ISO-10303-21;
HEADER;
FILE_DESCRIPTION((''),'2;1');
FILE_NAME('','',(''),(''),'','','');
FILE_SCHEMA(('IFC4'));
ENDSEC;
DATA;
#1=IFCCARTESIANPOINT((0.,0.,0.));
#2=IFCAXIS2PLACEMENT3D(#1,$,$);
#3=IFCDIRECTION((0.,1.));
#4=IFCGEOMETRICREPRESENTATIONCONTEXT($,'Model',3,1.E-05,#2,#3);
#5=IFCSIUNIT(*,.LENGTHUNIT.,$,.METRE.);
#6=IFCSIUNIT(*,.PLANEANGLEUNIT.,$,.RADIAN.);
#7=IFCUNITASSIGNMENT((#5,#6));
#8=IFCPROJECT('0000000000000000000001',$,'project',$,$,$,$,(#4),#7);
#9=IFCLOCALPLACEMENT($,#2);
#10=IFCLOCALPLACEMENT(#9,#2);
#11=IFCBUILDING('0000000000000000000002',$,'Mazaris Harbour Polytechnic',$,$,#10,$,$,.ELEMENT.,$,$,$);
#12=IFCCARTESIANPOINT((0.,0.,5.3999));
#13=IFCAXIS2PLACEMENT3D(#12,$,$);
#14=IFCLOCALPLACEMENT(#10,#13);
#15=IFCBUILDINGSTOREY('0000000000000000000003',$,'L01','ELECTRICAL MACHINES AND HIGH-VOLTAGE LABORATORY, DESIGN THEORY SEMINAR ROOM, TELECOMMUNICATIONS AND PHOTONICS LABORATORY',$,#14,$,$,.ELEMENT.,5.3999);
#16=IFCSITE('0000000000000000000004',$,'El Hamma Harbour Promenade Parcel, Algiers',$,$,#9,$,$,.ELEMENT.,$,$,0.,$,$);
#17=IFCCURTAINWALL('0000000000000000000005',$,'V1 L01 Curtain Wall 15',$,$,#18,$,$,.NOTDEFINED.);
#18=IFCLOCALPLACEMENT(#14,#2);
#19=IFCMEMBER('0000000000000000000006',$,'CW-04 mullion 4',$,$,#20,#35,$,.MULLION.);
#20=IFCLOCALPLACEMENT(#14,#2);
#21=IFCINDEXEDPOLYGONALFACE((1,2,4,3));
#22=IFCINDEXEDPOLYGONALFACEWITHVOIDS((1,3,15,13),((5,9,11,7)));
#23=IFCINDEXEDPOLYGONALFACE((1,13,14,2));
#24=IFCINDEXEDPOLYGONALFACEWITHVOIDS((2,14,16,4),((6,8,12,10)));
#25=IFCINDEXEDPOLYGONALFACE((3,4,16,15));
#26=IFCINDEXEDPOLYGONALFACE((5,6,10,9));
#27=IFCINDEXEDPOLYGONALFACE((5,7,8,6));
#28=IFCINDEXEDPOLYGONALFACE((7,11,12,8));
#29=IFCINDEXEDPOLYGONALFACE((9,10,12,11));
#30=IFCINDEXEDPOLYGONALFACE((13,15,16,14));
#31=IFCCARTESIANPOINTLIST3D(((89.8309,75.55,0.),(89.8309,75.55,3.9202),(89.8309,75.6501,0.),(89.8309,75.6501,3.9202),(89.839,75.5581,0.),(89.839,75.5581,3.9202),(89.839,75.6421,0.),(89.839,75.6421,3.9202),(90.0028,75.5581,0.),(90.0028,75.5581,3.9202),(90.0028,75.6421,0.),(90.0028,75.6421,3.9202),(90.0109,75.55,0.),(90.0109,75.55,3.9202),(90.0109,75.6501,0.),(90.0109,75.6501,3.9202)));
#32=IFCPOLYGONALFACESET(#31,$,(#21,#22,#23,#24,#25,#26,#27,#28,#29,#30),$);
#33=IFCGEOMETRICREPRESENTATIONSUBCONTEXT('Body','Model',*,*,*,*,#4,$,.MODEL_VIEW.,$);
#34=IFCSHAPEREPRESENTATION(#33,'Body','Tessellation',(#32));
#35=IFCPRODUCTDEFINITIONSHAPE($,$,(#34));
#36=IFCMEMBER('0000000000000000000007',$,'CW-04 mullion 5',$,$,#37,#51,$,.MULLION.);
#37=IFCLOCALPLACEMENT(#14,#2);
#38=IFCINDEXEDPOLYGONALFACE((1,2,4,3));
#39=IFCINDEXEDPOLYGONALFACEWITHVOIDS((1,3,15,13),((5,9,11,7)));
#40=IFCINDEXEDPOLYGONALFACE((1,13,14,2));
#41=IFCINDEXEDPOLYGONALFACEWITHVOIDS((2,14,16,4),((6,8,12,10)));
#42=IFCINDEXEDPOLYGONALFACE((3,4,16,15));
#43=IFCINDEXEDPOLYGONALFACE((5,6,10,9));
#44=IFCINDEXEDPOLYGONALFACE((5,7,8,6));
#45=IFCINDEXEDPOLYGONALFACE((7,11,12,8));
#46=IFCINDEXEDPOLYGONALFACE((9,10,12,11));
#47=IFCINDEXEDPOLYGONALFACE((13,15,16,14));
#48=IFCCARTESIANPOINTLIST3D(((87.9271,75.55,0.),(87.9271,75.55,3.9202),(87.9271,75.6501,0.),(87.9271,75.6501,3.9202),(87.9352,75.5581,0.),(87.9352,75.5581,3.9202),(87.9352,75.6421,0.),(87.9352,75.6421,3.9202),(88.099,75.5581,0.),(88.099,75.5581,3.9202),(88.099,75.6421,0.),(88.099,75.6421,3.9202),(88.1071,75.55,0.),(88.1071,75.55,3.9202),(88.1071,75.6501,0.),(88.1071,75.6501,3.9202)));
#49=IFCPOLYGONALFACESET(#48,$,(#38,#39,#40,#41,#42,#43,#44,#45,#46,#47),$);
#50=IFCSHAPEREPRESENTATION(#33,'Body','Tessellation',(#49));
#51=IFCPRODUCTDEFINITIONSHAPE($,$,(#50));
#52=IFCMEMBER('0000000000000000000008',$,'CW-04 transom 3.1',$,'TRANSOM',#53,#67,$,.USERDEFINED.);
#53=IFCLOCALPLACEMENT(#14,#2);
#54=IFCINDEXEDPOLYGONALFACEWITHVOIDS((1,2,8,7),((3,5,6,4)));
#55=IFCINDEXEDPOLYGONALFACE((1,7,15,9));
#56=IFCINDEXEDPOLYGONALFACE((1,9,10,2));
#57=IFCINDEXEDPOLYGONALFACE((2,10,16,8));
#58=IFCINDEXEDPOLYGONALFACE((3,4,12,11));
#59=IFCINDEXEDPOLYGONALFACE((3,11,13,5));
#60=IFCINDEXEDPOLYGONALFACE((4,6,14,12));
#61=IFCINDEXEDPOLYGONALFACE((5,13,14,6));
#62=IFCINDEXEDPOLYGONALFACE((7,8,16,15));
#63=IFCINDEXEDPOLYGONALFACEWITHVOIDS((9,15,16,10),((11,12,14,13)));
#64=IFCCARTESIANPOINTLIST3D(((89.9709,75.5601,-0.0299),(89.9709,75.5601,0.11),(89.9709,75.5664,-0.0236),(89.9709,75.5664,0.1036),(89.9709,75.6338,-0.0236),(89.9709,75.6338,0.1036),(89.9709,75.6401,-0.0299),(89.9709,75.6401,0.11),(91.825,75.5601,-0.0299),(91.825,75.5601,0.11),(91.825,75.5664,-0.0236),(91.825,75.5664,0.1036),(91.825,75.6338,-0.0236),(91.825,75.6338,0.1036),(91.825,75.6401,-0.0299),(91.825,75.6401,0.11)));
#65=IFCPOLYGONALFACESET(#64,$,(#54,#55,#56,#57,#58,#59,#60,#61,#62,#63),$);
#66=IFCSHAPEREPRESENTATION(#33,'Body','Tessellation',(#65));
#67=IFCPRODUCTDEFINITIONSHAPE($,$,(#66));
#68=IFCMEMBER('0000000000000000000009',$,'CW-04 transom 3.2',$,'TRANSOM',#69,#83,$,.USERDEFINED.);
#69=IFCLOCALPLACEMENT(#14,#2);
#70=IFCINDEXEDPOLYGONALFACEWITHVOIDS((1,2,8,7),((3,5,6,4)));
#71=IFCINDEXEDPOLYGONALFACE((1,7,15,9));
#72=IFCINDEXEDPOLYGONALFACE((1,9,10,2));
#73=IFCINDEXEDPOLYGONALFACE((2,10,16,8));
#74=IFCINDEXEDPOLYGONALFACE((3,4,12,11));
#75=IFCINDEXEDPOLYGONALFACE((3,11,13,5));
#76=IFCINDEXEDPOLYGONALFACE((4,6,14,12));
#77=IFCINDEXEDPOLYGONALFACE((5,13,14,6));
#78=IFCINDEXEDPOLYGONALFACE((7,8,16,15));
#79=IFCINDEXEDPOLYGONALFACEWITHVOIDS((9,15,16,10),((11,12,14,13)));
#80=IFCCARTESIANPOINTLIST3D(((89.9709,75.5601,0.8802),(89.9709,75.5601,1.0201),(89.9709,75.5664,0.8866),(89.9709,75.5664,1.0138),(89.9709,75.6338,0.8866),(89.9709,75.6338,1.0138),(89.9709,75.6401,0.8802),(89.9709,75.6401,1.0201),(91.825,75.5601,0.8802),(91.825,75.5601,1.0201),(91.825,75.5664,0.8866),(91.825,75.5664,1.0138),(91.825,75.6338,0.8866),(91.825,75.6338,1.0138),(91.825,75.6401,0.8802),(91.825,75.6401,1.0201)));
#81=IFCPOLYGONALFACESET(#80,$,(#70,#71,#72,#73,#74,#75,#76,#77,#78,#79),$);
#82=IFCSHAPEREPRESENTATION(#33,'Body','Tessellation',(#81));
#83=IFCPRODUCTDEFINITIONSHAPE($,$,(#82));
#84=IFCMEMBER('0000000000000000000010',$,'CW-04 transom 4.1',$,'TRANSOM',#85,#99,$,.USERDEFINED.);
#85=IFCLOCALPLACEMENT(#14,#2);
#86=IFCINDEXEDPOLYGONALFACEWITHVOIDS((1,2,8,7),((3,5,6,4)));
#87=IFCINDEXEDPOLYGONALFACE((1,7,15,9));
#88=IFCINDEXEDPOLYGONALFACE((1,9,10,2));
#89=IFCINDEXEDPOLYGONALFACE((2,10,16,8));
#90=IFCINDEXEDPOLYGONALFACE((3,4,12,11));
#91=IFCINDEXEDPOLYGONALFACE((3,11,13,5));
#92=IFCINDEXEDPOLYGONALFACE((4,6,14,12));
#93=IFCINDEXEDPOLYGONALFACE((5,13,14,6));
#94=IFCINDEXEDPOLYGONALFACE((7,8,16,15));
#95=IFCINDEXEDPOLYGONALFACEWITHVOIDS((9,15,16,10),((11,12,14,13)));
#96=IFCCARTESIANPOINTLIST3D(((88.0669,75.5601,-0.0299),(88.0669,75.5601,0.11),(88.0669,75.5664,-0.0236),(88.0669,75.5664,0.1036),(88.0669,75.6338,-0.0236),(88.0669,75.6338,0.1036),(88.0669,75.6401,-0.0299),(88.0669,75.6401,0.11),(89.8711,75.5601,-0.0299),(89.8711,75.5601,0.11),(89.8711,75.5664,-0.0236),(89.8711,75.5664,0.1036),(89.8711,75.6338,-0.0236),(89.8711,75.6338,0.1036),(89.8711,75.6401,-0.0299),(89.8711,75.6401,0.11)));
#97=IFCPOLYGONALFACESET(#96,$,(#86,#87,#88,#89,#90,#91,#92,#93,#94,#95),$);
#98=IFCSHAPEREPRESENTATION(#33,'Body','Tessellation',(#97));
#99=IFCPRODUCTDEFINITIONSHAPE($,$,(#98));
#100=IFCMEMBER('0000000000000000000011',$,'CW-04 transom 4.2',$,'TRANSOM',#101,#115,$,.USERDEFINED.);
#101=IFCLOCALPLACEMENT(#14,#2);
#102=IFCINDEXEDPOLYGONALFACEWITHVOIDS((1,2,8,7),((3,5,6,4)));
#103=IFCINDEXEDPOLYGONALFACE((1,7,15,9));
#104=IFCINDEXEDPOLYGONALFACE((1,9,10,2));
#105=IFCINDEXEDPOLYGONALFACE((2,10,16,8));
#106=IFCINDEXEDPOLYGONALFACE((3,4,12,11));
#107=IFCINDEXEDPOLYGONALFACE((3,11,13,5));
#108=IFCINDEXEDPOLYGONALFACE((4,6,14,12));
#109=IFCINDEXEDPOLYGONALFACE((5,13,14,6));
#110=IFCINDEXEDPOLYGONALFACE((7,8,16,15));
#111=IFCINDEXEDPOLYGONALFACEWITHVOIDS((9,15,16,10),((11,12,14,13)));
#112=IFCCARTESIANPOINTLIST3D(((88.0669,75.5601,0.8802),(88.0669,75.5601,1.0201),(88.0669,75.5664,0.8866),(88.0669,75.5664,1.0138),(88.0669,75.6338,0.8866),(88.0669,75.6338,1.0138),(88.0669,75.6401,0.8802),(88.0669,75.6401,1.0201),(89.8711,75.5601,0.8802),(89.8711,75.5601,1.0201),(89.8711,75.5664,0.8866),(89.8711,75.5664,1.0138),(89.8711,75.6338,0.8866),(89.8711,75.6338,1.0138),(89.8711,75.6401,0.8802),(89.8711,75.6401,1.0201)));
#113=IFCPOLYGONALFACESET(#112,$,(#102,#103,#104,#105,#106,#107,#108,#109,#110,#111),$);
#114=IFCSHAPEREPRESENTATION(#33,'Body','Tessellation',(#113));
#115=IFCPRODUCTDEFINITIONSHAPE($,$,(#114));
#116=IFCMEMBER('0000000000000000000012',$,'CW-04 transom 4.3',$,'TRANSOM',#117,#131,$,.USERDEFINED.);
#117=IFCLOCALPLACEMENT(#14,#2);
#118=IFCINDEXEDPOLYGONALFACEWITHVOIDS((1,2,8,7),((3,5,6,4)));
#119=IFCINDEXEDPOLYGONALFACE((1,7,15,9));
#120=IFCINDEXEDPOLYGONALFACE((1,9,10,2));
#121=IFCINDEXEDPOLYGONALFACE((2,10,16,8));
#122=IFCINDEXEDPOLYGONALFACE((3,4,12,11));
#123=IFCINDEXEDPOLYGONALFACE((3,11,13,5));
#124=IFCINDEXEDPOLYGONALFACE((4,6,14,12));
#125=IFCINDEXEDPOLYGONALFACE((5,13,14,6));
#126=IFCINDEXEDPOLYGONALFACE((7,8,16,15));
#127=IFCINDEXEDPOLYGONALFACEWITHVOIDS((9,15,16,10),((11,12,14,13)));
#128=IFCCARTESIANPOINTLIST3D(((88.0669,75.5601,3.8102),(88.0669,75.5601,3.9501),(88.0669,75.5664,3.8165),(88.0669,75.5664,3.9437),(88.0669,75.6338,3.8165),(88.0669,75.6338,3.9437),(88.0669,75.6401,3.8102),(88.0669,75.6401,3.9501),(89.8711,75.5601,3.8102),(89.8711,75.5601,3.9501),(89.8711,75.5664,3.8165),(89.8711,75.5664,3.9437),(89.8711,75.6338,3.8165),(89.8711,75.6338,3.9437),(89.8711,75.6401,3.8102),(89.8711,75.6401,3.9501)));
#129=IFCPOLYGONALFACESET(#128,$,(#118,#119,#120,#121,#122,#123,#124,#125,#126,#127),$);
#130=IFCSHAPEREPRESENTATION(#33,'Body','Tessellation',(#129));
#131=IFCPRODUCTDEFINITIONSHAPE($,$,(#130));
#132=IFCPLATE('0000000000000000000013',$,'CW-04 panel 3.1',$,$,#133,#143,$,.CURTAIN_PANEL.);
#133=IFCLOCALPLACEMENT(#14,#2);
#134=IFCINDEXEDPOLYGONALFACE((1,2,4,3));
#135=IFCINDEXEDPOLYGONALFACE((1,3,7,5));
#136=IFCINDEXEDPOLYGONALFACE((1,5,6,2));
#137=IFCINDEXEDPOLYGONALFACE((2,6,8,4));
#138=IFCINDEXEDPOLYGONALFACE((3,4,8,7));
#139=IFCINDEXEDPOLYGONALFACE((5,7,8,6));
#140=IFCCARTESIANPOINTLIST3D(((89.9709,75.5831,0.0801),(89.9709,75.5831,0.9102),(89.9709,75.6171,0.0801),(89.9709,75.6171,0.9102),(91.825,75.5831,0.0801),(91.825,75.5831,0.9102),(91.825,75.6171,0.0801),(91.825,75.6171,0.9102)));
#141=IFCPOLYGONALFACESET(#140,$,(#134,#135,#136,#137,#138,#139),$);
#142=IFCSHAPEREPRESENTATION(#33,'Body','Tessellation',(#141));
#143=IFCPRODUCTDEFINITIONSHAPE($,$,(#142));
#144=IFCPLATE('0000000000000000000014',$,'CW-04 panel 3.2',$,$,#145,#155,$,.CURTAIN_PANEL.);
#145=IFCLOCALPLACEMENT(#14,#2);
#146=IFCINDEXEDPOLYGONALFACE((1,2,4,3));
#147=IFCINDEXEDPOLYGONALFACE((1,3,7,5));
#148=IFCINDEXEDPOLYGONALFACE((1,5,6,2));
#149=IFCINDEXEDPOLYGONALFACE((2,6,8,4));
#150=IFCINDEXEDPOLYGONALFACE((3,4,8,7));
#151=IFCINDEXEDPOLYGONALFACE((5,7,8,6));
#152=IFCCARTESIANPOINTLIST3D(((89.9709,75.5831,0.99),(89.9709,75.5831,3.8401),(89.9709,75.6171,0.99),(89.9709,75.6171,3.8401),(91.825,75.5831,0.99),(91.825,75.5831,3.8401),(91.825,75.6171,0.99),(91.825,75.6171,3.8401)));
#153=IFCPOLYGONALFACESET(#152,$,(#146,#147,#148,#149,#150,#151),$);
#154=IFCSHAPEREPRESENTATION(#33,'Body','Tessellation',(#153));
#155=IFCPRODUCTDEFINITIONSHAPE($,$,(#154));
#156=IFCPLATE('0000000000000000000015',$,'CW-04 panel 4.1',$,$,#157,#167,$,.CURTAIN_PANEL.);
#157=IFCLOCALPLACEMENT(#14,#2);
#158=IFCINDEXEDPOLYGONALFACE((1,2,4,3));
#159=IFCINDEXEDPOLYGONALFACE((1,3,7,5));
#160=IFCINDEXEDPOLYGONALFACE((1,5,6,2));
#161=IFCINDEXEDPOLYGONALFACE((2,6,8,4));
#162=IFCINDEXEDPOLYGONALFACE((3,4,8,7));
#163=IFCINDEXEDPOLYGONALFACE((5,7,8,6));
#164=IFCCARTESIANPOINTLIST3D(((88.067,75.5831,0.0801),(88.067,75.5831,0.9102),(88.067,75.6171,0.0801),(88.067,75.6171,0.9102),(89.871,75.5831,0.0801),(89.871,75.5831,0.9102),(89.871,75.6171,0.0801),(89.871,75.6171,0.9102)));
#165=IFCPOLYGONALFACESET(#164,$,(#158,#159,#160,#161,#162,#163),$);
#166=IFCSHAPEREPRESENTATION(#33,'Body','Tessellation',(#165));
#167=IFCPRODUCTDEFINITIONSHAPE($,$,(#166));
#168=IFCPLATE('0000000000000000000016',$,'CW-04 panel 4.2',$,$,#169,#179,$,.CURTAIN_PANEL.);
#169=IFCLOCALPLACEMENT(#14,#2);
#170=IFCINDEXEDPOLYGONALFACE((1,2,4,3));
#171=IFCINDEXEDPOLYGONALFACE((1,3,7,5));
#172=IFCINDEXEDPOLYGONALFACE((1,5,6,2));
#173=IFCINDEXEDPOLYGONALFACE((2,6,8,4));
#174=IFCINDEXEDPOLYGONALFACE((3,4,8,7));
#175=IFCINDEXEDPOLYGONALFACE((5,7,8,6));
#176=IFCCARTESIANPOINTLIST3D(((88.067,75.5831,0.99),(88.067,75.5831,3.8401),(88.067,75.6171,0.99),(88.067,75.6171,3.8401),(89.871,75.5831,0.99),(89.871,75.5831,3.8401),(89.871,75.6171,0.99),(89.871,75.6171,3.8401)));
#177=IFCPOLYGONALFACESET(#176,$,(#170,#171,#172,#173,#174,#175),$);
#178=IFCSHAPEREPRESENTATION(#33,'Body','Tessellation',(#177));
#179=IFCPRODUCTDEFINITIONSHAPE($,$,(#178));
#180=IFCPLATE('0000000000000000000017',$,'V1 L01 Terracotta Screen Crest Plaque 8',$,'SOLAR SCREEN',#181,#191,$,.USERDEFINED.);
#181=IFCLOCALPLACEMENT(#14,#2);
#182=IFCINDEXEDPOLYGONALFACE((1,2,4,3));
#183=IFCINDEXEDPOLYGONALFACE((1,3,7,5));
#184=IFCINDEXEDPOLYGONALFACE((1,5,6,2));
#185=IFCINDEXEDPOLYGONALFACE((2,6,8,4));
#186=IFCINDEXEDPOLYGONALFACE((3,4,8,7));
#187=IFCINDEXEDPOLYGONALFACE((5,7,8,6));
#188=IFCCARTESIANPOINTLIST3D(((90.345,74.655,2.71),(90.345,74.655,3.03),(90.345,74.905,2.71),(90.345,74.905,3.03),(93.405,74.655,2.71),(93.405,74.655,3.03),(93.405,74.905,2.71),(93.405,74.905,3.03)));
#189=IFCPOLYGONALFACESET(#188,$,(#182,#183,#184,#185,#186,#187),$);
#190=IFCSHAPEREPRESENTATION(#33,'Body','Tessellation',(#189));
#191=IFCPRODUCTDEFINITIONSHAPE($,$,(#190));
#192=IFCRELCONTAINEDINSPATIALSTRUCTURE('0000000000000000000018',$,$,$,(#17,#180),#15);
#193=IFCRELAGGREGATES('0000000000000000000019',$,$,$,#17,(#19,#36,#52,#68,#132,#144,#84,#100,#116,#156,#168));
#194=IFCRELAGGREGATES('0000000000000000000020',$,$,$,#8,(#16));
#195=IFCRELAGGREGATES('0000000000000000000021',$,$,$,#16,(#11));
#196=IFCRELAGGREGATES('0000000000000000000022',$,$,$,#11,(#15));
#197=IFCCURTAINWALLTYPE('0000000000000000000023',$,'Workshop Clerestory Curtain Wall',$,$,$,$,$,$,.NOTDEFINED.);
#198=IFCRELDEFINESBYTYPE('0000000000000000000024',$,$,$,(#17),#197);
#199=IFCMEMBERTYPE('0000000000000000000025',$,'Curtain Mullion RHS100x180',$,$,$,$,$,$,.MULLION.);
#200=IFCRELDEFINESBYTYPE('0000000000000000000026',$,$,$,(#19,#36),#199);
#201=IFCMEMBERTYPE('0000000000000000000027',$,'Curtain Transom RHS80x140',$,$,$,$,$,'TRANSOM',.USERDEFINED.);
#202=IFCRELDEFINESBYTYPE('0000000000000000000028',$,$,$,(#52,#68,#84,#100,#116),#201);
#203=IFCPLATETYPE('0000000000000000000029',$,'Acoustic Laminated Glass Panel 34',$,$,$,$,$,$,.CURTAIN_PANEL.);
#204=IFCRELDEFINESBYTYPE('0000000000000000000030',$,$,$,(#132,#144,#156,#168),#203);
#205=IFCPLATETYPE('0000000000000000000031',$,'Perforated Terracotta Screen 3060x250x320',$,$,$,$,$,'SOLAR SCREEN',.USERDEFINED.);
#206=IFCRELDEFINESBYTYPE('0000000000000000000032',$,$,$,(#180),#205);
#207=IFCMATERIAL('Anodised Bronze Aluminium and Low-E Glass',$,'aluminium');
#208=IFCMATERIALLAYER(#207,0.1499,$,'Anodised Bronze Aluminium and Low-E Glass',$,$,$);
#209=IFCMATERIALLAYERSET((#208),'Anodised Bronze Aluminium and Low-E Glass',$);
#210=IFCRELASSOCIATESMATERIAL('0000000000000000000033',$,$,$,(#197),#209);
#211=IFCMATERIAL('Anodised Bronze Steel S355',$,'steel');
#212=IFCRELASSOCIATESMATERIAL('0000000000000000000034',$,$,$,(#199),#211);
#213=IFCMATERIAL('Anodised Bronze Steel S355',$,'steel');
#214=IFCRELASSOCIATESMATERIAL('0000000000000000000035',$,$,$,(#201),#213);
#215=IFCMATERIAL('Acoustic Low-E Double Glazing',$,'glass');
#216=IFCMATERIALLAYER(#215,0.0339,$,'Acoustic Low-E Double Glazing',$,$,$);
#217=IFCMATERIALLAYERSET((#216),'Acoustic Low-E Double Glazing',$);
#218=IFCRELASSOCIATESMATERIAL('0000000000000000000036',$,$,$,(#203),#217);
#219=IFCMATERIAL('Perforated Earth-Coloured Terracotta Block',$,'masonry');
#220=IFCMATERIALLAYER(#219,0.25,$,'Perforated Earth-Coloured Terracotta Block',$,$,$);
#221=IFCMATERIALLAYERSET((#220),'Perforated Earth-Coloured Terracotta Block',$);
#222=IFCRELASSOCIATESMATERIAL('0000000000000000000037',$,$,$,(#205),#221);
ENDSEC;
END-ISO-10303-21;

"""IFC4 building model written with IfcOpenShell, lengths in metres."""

from ifc_helpers import new_model, si_unit, direction, frame, origin, origin_2d, place, context, subcontext, project, spatial, rectangle, hollow_rectangle, extrude, material, layer, layer_set, material_profile, profile_set, type_object, element, aggregate, save


model = new_model("IFC4")

# Units and contexts
model_context = context("Model", 3, precision=1e-05, world=origin(), true_north=direction((0.0, 1.0)))
body_context = subcontext(model_context, "Body", "Model", "MODEL_VIEW")
ifc_project = project(units=[si_unit("LENGTHUNIT", "METRE"), si_unit("PLANEANGLEUNIT", "RADIAN")], contexts=[model_context])

# Site, building, storey
site_placement = place(None, origin())
site = spatial("IfcSite", under=ifc_project, at=site_placement, Name="El Hamma Harbour Promenade Parcel, Algiers", CompositionType="ELEMENT", RefElevation=0.0)
building_placement = place(site_placement, origin())
building = spatial("IfcBuilding", under=site, at=building_placement, Name="Mazaris Harbour Polytechnic", CompositionType="ELEMENT")
storey_placement = place(building_placement, frame((0.0, 0.0, 5.3999)))
storey = spatial("IfcBuildingStorey", under=building, at=storey_placement, Name="L01", Description="ELECTRICAL MACHINES AND HIGH-VOLTAGE LABORATORY, DESIGN THEORY SEMINAR ROOM, TELECOMMUNICATIONS AND PHOTONICS LABORATORY", CompositionType="ELEMENT", Elevation=5.3999)

# Curtain wall, members, plates
ifc_material_1 = material(Name="Anodised Bronze Aluminium and Low-E Glass", Category="aluminium")
ifc_layer_1 = layer(ifc_material_1, 0.1499, Name="Anodised Bronze Aluminium and Low-E Glass")
ifc_layer_set_1 = layer_set([ifc_layer_1], Name="Anodised Bronze Aluminium and Low-E Glass")
curtain_wall_type = type_object("IfcCurtainWallType", Name="Workshop Clerestory Curtain Wall", PredefinedType="NOTDEFINED", material=ifc_layer_set_1)
curtain_wall_placement = place(storey_placement, origin())
curtain_wall = element("IfcCurtainWall", 1, at=curtain_wall_placement, inside=storey, type_object=curtain_wall_type, Name="V1 L01 Curtain Wall 15", PredefinedType="NOTDEFINED")
ifc_material_2 = material(Name="Anodised Bronze Steel S355", Category="steel")
ifc_material_profile_1 = material_profile(ifc_material_2, hollow_rectangle(XDim=0.1001, YDim=0.1799, WallThickness=0.0081, at=origin_2d()), Name="RHS 100x180x8.0")
ifc_profile_set_1 = profile_set([ifc_material_profile_1], Name="Anodised Bronze Steel S355")
member_type_1 = type_object("IfcMemberType", Name="Curtain Mullion RHS100x180", PredefinedType="MULLION", material=ifc_profile_set_1)
member_1_placement = place(storey_placement, frame((89.9209, 75.6001, 0.0), z_axis=(0.0, 0.0, 1.0), x_axis=(0.0, -1.0, 0.0)))
member_1 = element("IfcMember", 2, at=member_1_placement, type_object=member_type_1, Name="CW-04 mullion 4", PredefinedType="MULLION", context=body_context, shape_type="SweptSolid", body=[
    extrude(hollow_rectangle(XDim=0.1001, YDim=0.1799, WallThickness=0.0081, at=origin_2d()), origin(), (0.0, 0.0, 1.0), 3.9202),
])
member_2_placement = place(storey_placement, frame((88.0171, 75.6001, 0.0), z_axis=(0.0, 0.0, 1.0), x_axis=(0.0, -1.0, 0.0)))
member_2 = element("IfcMember", 3, at=member_2_placement, type_object=member_type_1, Name="CW-04 mullion 5", PredefinedType="MULLION", context=body_context, shape_type="SweptSolid", body=[
    extrude(hollow_rectangle(XDim=0.1001, YDim=0.1799, WallThickness=0.0081, at=origin_2d()), origin(), (0.0, 0.0, 1.0), 3.9202),
])
ifc_material_3 = material(Name="Anodised Bronze Steel S355", Category="steel")
ifc_material_profile_2 = material_profile(ifc_material_3, hollow_rectangle(XDim=0.0801, YDim=0.1399, WallThickness=0.0063, at=origin_2d()), Name="RHS 80x140x6.3")
ifc_profile_set_2 = profile_set([ifc_material_profile_2], Name="Anodised Bronze Steel S355")
member_type_2 = type_object("IfcMemberType", Name="Curtain Transom RHS80x140", ElementType="TRANSOM", PredefinedType="USERDEFINED", material=ifc_profile_set_2)
member_3_placement = place(storey_placement, frame((91.825, 75.6001, 0.04), z_axis=(-1.0, 0.0, 0.0), x_axis=(0.0, -1.0, 0.0)))
member_3 = element("IfcMember", 4, at=member_3_placement, type_object=member_type_2, Name="CW-04 transom 3.1", ObjectType="TRANSOM", PredefinedType="USERDEFINED", context=body_context, shape_type="SweptSolid", body=[
    extrude(hollow_rectangle(XDim=0.0801, YDim=0.1399, WallThickness=0.0063, at=origin_2d()), origin(), (0.0, 0.0, 1.0), 1.854),
])
member_4_placement = place(storey_placement, frame((91.825, 75.6001, 0.9502), z_axis=(-1.0, 0.0, 0.0), x_axis=(0.0, -1.0, 0.0)))
member_4 = element("IfcMember", 5, at=member_4_placement, type_object=member_type_2, Name="CW-04 transom 3.2", ObjectType="TRANSOM", PredefinedType="USERDEFINED", context=body_context, shape_type="SweptSolid", body=[
    extrude(hollow_rectangle(XDim=0.0801, YDim=0.1399, WallThickness=0.0063, at=origin_2d()), origin(), (0.0, 0.0, 1.0), 1.854),
])
member_5_placement = place(storey_placement, frame((89.8711, 75.6001, 0.04), z_axis=(-1.0, 0.0, 0.0), x_axis=(0.0, -1.0, 0.0)))
member_5 = element("IfcMember", 6, at=member_5_placement, type_object=member_type_2, Name="CW-04 transom 4.1", ObjectType="TRANSOM", PredefinedType="USERDEFINED", context=body_context, shape_type="SweptSolid", body=[
    extrude(hollow_rectangle(XDim=0.0801, YDim=0.1399, WallThickness=0.0063, at=origin_2d()), origin(), (0.0, 0.0, 1.0), 1.8042),
])
member_6_placement = place(storey_placement, frame((89.8711, 75.6001, 0.9502), z_axis=(-1.0, 0.0, 0.0), x_axis=(0.0, -1.0, 0.0)))
member_6 = element("IfcMember", 7, at=member_6_placement, type_object=member_type_2, Name="CW-04 transom 4.2", ObjectType="TRANSOM", PredefinedType="USERDEFINED", context=body_context, shape_type="SweptSolid", body=[
    extrude(hollow_rectangle(XDim=0.0801, YDim=0.1399, WallThickness=0.0063, at=origin_2d()), origin(), (0.0, 0.0, 1.0), 1.8042),
])
member_7_placement = place(storey_placement, frame((89.8711, 75.6001, 3.8801), z_axis=(-1.0, 0.0, 0.0), x_axis=(0.0, -1.0, 0.0)))
member_7 = element("IfcMember", 8, at=member_7_placement, type_object=member_type_2, Name="CW-04 transom 4.3", ObjectType="TRANSOM", PredefinedType="USERDEFINED", context=body_context, shape_type="SweptSolid", body=[
    extrude(hollow_rectangle(XDim=0.0801, YDim=0.1399, WallThickness=0.0063, at=origin_2d()), origin(), (0.0, 0.0, 1.0), 1.8042),
])
ifc_material_4 = material(Name="Acoustic Low-E Double Glazing", Category="glass")
ifc_layer_2 = layer(ifc_material_4, 0.0339, Name="Acoustic Low-E Double Glazing")
ifc_layer_set_2 = layer_set([ifc_layer_2], Name="Acoustic Low-E Double Glazing")
plate_type_1 = type_object("IfcPlateType", Name="Acoustic Laminated Glass Panel 34", PredefinedType="CURTAIN_PANEL", material=ifc_layer_set_2)
plate_1_placement = place(storey_placement, frame((90.8979, 75.6001, 0.0801), z_axis=(0.0, 0.0, 1.0), x_axis=(-1.0, 0.0, 0.0)))
plate_1 = element("IfcPlate", 9, at=plate_1_placement, type_object=plate_type_1, Name="CW-04 panel 3.1", PredefinedType="CURTAIN_PANEL", context=body_context, shape_type="SweptSolid", body=[
    extrude(rectangle(XDim=1.854, YDim=0.0339, at=origin_2d()), origin(), (0.0, 0.0, 1.0), 0.8301),
])
plate_2_placement = place(storey_placement, frame((90.8979, 75.6001, 0.99), z_axis=(0.0, 0.0, 1.0), x_axis=(-1.0, 0.0, 0.0)))
plate_2 = element("IfcPlate", 10, at=plate_2_placement, type_object=plate_type_1, Name="CW-04 panel 3.2", PredefinedType="CURTAIN_PANEL", context=body_context, shape_type="SweptSolid", body=[
    extrude(rectangle(XDim=1.854, YDim=0.0339, at=origin_2d()), origin(), (0.0, 0.0, 1.0), 2.8501),
])
plate_3_placement = place(storey_placement, frame((88.969, 75.6001, 0.0801), z_axis=(0.0, 0.0, 1.0), x_axis=(-1.0, 0.0, 0.0)))
plate_3 = element("IfcPlate", 11, at=plate_3_placement, type_object=plate_type_1, Name="CW-04 panel 4.1", PredefinedType="CURTAIN_PANEL", context=body_context, shape_type="SweptSolid", body=[
    extrude(rectangle(XDim=1.804, YDim=0.0339, at=origin_2d()), origin(), (0.0, 0.0, 1.0), 0.8301),
])
plate_4_placement = place(storey_placement, frame((88.969, 75.6001, 0.99), z_axis=(0.0, 0.0, 1.0), x_axis=(-1.0, 0.0, 0.0)))
plate_4 = element("IfcPlate", 12, at=plate_4_placement, type_object=plate_type_1, Name="CW-04 panel 4.2", PredefinedType="CURTAIN_PANEL", context=body_context, shape_type="SweptSolid", body=[
    extrude(rectangle(XDim=1.804, YDim=0.0339, at=origin_2d()), origin(), (0.0, 0.0, 1.0), 2.8501),
])
aggregate(curtain_wall, [member_1, member_2, member_3, member_4, plate_1, plate_2, member_5, member_6, member_7, plate_3, plate_4])

# Plate
ifc_material_5 = material(Name="Perforated Earth-Coloured Terracotta Block", Category="masonry")
ifc_layer_3 = layer(ifc_material_5, 0.25, Name="Perforated Earth-Coloured Terracotta Block")
ifc_layer_set_3 = layer_set([ifc_layer_3], Name="Perforated Earth-Coloured Terracotta Block")
plate_type_2 = type_object("IfcPlateType", Name="Perforated Terracotta Screen 3060x250x320", ElementType="SOLAR SCREEN", PredefinedType="USERDEFINED", material=ifc_layer_set_3)
plate_5_placement = place(storey_placement, frame((91.875, 74.78, 2.71), z_axis=(0.0, 0.0, 1.0), x_axis=(-1.0, 0.0, 0.0)))
element("IfcPlate", 13, at=plate_5_placement, inside=storey, type_object=plate_type_2, Name="V1 L01 Terracotta Screen Crest Plaque 8", ObjectType="SOLAR SCREEN", PredefinedType="USERDEFINED", context=body_context, shape_type="SweptSolid", body=[
    extrude(rectangle(XDim=3.0601, YDim=0.25, at=origin_2d()), origin(), (0.0, 0.0, 1.0), 0.3201),
])

save(model, "model.ifc")
